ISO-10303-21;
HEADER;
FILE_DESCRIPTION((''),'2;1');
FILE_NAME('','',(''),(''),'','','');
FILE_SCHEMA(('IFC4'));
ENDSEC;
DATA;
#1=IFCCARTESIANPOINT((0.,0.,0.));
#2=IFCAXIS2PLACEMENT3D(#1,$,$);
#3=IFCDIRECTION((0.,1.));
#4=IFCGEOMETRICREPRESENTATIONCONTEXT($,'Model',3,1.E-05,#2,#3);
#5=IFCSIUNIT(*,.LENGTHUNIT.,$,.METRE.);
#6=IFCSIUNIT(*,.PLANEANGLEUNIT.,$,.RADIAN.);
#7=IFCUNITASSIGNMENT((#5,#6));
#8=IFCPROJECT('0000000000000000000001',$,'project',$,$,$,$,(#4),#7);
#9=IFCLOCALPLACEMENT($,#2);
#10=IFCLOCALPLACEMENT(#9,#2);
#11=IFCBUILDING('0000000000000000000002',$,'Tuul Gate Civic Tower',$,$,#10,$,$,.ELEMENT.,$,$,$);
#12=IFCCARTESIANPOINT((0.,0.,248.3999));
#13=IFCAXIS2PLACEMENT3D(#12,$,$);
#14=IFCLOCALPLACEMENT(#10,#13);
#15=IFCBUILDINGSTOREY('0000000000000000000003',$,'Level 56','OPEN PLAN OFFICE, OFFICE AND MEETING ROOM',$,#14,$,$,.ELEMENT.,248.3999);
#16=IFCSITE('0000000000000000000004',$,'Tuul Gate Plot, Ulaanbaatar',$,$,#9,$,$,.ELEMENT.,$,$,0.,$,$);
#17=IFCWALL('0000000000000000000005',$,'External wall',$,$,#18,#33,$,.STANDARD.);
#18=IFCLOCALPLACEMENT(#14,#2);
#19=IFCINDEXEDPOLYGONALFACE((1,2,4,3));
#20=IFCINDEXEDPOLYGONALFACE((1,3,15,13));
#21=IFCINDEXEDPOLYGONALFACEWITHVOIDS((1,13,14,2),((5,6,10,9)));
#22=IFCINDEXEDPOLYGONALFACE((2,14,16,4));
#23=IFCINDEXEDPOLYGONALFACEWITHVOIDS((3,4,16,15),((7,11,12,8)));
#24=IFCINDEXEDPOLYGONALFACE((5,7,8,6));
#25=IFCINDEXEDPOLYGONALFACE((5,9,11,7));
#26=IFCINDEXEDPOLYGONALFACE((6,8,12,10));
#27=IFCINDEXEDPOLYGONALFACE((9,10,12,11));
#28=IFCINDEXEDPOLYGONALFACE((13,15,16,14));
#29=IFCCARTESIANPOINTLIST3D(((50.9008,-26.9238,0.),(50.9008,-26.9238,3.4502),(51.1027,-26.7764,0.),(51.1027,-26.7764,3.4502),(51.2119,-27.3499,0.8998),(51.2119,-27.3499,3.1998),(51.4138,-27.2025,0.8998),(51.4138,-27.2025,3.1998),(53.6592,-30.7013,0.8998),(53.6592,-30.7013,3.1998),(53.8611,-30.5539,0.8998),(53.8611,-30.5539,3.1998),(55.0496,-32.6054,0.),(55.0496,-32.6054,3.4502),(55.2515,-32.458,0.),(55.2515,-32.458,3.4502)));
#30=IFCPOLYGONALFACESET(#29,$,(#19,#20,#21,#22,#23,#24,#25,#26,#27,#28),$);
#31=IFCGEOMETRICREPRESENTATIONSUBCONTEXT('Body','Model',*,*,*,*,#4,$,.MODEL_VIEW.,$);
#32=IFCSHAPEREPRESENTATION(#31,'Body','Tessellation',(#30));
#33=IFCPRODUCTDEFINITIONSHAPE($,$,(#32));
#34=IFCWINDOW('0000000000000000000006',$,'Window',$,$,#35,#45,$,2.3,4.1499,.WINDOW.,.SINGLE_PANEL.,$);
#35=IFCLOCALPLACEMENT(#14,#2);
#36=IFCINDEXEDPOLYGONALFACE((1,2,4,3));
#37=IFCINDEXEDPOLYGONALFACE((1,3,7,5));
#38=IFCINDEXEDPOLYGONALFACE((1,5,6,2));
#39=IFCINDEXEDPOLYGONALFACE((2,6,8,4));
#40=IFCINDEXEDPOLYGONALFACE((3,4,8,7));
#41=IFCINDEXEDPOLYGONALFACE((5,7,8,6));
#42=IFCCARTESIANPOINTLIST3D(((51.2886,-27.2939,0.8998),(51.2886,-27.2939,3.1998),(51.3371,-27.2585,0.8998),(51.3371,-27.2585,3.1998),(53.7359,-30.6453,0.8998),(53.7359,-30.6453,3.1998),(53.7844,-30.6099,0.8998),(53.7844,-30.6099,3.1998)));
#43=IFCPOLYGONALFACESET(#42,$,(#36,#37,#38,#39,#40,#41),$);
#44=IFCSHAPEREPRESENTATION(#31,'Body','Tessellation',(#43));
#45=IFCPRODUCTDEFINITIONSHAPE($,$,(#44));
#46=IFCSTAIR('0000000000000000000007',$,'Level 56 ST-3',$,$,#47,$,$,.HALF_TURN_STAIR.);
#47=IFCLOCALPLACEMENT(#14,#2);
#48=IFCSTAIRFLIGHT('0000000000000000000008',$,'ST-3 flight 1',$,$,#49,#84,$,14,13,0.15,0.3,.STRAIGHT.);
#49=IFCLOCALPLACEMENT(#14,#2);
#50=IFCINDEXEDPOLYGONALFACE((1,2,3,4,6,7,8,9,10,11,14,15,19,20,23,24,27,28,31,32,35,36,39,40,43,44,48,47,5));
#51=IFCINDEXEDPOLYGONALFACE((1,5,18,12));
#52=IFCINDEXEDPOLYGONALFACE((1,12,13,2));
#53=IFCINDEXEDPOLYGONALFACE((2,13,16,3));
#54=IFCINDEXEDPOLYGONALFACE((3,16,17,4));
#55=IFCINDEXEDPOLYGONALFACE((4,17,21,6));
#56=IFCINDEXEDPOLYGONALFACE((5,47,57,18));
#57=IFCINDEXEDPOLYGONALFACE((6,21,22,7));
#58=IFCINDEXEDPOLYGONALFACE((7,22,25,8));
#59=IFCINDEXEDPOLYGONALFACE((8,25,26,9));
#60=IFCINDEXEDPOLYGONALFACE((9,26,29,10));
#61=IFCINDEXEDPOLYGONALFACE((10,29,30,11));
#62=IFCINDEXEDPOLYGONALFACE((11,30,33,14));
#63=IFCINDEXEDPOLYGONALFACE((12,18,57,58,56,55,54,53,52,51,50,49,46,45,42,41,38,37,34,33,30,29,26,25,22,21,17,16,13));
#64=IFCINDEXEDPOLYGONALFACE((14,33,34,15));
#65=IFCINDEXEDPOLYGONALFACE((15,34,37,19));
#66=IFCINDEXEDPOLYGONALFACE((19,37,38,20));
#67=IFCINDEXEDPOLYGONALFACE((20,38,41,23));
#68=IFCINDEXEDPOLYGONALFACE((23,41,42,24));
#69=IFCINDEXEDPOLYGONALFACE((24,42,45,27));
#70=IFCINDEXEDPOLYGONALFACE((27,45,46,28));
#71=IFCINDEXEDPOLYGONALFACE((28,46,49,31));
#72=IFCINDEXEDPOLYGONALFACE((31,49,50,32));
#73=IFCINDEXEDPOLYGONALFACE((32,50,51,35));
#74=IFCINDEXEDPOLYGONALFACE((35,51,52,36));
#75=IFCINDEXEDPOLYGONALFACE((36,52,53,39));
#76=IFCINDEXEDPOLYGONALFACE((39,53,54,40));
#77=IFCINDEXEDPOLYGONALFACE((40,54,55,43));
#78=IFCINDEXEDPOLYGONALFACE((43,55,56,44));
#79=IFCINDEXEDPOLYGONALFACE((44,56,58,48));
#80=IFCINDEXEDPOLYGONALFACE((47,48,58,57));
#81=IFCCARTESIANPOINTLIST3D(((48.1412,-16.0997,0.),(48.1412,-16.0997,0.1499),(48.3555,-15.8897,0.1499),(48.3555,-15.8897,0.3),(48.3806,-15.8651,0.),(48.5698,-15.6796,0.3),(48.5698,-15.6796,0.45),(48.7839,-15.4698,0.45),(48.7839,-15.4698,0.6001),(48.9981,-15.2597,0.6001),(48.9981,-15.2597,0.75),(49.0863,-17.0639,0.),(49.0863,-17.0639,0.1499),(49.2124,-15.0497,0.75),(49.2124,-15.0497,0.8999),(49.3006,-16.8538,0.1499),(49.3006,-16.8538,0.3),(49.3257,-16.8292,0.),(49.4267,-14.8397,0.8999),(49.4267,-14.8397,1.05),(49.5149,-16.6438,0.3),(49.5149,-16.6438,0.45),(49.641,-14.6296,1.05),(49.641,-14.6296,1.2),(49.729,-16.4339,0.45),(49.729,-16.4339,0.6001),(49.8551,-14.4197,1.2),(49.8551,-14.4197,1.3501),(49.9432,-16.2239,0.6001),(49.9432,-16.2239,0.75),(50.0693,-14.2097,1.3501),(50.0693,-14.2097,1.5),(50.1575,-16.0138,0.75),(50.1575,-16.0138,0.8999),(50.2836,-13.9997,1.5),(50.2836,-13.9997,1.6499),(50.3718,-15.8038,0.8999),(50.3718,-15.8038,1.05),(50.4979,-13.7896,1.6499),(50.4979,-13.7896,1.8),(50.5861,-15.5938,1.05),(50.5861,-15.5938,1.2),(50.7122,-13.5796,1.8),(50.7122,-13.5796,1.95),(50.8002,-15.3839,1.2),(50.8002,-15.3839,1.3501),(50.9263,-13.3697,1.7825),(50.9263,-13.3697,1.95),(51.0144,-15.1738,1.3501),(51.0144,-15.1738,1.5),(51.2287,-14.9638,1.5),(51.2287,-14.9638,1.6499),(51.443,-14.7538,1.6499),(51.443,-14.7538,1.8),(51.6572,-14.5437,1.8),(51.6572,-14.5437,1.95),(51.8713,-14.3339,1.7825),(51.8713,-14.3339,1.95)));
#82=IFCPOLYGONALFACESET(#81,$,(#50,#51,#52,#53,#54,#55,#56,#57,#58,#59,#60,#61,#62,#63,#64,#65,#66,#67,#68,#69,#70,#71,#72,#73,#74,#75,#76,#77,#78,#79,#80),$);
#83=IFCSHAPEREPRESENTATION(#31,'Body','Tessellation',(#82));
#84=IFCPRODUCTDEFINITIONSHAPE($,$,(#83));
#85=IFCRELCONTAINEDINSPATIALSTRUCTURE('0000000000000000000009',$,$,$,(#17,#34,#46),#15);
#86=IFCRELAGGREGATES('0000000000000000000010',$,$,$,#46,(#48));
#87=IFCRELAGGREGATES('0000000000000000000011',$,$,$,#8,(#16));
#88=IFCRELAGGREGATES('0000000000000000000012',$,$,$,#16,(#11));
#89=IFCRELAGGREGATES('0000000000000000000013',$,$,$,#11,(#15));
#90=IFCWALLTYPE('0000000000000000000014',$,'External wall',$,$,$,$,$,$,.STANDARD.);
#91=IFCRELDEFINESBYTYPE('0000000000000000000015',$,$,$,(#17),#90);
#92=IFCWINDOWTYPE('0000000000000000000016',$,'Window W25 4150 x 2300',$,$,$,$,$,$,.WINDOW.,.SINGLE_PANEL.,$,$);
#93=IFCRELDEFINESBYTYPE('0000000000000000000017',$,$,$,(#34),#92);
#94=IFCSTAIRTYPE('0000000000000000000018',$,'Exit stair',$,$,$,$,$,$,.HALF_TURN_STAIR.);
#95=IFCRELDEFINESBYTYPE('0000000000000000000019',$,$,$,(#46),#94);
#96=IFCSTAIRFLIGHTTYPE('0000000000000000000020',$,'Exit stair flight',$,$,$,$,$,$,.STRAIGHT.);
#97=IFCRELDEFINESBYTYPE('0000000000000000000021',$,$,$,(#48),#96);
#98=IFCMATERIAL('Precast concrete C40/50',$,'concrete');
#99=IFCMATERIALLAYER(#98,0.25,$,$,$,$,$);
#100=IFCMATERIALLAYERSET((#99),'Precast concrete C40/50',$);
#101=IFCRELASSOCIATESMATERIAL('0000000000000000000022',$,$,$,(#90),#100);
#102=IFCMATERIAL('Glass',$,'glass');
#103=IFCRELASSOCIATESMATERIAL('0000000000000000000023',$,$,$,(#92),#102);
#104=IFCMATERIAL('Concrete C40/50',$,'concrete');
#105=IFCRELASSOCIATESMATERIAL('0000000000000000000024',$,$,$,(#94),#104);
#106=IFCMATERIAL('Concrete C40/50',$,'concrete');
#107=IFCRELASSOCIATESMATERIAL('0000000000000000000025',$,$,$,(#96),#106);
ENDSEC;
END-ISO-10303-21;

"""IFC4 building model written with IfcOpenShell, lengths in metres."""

from ifc_helpers import new_model, si_unit, direction, frame, frame_2d, origin, place, context, subcontext, project, spatial, polyline, rectangle, outline, extrude, material, layer, layer_set, type_object, element, fill, aggregate, save


model = new_model("IFC4")

# Units and contexts
model_context = context("Model", 3, precision=1e-05, world=origin(), true_north=direction((0.0, 1.0)))
body_context = subcontext(model_context, "Body", "Model", "MODEL_VIEW")
ifc_project = project(units=[si_unit("LENGTHUNIT", "METRE"), si_unit("PLANEANGLEUNIT", "RADIAN")], contexts=[model_context])

# Site, building, storey
site_placement = place(None, origin())
site = spatial("IfcSite", under=ifc_project, at=site_placement, Name="Tuul Gate Plot, Ulaanbaatar", CompositionType="ELEMENT", RefElevation=0.0)
building_placement = place(site_placement, origin())
building = spatial("IfcBuilding", under=site, at=building_placement, Name="Tuul Gate Civic Tower", CompositionType="ELEMENT")
storey_placement = place(building_placement, frame((0.0, 0.0, 248.3999)))
storey = spatial("IfcBuildingStorey", under=building, at=storey_placement, Name="Level 56", Description="OPEN PLAN OFFICE, OFFICE AND MEETING ROOM", CompositionType="ELEMENT", Elevation=248.3999)

# Wall, opening, window
ifc_material_1 = material(Name="Precast concrete C40/50", Category="concrete")
ifc_layer_1 = layer(ifc_material_1, 0.25)
ifc_layer_set_1 = layer_set([ifc_layer_1], Name="Precast concrete C40/50")
wall_type_1 = type_object("IfcWallType", Name="External wall", PredefinedType="STANDARD", material=ifc_layer_set_1)
wall_1_placement = place(storey_placement, frame((51.0017, -26.8501, 0.0), z_axis=(0.0, 0.0, 1.0), x_axis=(0.589735, -0.807597, 0.0)))
wall_1 = element("IfcWall", 1, at=wall_1_placement, inside=storey, type_object=wall_type_1, Name="External wall", PredefinedType="STANDARD", context=body_context, shape_type="SweptSolid", body=[
    extrude(rectangle(XDim=7.0352, YDim=0.25, at=frame_2d((3.5176, 0.0))), origin(), (0.0, 0.0, 1.0), 3.4502),
])
opening_1_placement = place(wall_1_placement, frame((0.5276, 0.0, 0.8999)))
opening_1 = element("IfcOpeningElement", 2, at=opening_1_placement, cuts=wall_1, PredefinedType="OPENING", context=body_context, shape_type="SweptSolid", body=[
    extrude(rectangle(XDim=4.1499, YDim=2.3, at=frame_2d((2.075, 1.1499))), frame((0.0, 0.135, 0.0), z_axis=(0.0, -1.0, 0.0), x_axis=(1.0, 0.0, 0.0)), (0.0, 0.0, 1.0), 0.27),
])
ifc_material_2 = material(Name="Glass", Category="glass")
window_type_1 = type_object("IfcWindowType", Name="Window W25 4150 x 2300", PartitioningType="SINGLE_PANEL", PredefinedType="WINDOW", material=ifc_material_2)
window_1_placement = place(opening_1_placement, origin())
window_1 = element("IfcWindow", 3, at=window_1_placement, inside=storey, type_object=window_type_1, Name="Window", OverallHeight=2.3, OverallWidth=4.1499, PartitioningType="SINGLE_PANEL", PredefinedType="WINDOW", context=body_context, shape_type="SweptSolid", body=[
    extrude(rectangle(XDim=4.1499, YDim=2.3, at=frame_2d((2.075, 1.1499))), frame((0.0, 0.03, 0.0), z_axis=(0.0, -1.0, 0.0), x_axis=(1.0, 0.0, 0.0)), (0.0, 0.0, 1.0), 0.0601),
])
fill(opening_1, window_1)

# Stair, stair flight
ifc_material_3 = material(Name="Concrete C40/50", Category="concrete")
stair_type = type_object("IfcStairType", Name="Exit stair", PredefinedType="HALF_TURN_STAIR", material=ifc_material_3)
stair_placement = place(storey_placement, origin())
stair = element("IfcStair", 4, at=stair_placement, inside=storey, type_object=stair_type, Name="Level 56 ST-3", PredefinedType="HALF_TURN_STAIR")
ifc_material_4 = material(Name="Concrete C40/50", Category="concrete")
stair_flight_type = type_object("IfcStairFlightType", Name="Exit stair flight", PredefinedType="STRAIGHT", material=ifc_material_4)
stair_flight_placement = place(storey_placement, frame((48.6138, -16.5818, 0.0), z_axis=(0.0, 0.0, 1.0), x_axis=(0.714127, 0.700016, 0.0)))
stair_flight = element("IfcStairFlight", 5, at=stair_flight_placement, type_object=stair_flight_type, Name="ST-3 flight 1", NumberOfRisers=14, NumberOfTreads=13, PredefinedType="STRAIGHT", RiserHeight=0.15, TreadLength=0.3, context=body_context, shape_type="SweptSolid", body=[
    extrude(outline(polyline([(0.0, 0.0), (0.0, 0.1499), (0.3, 0.1499), (0.3, 0.3), (0.6001, 0.3), (0.6001, 0.45), (0.8999, 0.45), (0.8999, 0.6001), (1.2, 0.6001), (1.2, 0.75), (1.5, 0.75), (1.5, 0.8999), (1.8, 0.8999), (1.8, 1.05), (2.1001, 1.05), (2.1001, 1.2), (2.3999, 1.2), (2.3999, 1.3501), (2.7, 1.3501), (2.7, 1.5), (3.0, 1.5), (3.0, 1.6499), (3.3, 1.6499), (3.3, 1.8), (3.6001, 1.8), (3.6001, 1.95), (3.8999, 1.95), (3.8999, 2.1001), (3.8999, 1.7825), (0.3352, 0.0), (0.0, 0.0)])), frame((0.0, 0.675, 0.0), z_axis=(0.0, -1.0, 0.0), x_axis=(1.0, 0.0, 0.0)), (0.0, 0.0, 1.0), 1.3501),
])
aggregate(stair, [stair_flight])

save(model, "model.ifc")
